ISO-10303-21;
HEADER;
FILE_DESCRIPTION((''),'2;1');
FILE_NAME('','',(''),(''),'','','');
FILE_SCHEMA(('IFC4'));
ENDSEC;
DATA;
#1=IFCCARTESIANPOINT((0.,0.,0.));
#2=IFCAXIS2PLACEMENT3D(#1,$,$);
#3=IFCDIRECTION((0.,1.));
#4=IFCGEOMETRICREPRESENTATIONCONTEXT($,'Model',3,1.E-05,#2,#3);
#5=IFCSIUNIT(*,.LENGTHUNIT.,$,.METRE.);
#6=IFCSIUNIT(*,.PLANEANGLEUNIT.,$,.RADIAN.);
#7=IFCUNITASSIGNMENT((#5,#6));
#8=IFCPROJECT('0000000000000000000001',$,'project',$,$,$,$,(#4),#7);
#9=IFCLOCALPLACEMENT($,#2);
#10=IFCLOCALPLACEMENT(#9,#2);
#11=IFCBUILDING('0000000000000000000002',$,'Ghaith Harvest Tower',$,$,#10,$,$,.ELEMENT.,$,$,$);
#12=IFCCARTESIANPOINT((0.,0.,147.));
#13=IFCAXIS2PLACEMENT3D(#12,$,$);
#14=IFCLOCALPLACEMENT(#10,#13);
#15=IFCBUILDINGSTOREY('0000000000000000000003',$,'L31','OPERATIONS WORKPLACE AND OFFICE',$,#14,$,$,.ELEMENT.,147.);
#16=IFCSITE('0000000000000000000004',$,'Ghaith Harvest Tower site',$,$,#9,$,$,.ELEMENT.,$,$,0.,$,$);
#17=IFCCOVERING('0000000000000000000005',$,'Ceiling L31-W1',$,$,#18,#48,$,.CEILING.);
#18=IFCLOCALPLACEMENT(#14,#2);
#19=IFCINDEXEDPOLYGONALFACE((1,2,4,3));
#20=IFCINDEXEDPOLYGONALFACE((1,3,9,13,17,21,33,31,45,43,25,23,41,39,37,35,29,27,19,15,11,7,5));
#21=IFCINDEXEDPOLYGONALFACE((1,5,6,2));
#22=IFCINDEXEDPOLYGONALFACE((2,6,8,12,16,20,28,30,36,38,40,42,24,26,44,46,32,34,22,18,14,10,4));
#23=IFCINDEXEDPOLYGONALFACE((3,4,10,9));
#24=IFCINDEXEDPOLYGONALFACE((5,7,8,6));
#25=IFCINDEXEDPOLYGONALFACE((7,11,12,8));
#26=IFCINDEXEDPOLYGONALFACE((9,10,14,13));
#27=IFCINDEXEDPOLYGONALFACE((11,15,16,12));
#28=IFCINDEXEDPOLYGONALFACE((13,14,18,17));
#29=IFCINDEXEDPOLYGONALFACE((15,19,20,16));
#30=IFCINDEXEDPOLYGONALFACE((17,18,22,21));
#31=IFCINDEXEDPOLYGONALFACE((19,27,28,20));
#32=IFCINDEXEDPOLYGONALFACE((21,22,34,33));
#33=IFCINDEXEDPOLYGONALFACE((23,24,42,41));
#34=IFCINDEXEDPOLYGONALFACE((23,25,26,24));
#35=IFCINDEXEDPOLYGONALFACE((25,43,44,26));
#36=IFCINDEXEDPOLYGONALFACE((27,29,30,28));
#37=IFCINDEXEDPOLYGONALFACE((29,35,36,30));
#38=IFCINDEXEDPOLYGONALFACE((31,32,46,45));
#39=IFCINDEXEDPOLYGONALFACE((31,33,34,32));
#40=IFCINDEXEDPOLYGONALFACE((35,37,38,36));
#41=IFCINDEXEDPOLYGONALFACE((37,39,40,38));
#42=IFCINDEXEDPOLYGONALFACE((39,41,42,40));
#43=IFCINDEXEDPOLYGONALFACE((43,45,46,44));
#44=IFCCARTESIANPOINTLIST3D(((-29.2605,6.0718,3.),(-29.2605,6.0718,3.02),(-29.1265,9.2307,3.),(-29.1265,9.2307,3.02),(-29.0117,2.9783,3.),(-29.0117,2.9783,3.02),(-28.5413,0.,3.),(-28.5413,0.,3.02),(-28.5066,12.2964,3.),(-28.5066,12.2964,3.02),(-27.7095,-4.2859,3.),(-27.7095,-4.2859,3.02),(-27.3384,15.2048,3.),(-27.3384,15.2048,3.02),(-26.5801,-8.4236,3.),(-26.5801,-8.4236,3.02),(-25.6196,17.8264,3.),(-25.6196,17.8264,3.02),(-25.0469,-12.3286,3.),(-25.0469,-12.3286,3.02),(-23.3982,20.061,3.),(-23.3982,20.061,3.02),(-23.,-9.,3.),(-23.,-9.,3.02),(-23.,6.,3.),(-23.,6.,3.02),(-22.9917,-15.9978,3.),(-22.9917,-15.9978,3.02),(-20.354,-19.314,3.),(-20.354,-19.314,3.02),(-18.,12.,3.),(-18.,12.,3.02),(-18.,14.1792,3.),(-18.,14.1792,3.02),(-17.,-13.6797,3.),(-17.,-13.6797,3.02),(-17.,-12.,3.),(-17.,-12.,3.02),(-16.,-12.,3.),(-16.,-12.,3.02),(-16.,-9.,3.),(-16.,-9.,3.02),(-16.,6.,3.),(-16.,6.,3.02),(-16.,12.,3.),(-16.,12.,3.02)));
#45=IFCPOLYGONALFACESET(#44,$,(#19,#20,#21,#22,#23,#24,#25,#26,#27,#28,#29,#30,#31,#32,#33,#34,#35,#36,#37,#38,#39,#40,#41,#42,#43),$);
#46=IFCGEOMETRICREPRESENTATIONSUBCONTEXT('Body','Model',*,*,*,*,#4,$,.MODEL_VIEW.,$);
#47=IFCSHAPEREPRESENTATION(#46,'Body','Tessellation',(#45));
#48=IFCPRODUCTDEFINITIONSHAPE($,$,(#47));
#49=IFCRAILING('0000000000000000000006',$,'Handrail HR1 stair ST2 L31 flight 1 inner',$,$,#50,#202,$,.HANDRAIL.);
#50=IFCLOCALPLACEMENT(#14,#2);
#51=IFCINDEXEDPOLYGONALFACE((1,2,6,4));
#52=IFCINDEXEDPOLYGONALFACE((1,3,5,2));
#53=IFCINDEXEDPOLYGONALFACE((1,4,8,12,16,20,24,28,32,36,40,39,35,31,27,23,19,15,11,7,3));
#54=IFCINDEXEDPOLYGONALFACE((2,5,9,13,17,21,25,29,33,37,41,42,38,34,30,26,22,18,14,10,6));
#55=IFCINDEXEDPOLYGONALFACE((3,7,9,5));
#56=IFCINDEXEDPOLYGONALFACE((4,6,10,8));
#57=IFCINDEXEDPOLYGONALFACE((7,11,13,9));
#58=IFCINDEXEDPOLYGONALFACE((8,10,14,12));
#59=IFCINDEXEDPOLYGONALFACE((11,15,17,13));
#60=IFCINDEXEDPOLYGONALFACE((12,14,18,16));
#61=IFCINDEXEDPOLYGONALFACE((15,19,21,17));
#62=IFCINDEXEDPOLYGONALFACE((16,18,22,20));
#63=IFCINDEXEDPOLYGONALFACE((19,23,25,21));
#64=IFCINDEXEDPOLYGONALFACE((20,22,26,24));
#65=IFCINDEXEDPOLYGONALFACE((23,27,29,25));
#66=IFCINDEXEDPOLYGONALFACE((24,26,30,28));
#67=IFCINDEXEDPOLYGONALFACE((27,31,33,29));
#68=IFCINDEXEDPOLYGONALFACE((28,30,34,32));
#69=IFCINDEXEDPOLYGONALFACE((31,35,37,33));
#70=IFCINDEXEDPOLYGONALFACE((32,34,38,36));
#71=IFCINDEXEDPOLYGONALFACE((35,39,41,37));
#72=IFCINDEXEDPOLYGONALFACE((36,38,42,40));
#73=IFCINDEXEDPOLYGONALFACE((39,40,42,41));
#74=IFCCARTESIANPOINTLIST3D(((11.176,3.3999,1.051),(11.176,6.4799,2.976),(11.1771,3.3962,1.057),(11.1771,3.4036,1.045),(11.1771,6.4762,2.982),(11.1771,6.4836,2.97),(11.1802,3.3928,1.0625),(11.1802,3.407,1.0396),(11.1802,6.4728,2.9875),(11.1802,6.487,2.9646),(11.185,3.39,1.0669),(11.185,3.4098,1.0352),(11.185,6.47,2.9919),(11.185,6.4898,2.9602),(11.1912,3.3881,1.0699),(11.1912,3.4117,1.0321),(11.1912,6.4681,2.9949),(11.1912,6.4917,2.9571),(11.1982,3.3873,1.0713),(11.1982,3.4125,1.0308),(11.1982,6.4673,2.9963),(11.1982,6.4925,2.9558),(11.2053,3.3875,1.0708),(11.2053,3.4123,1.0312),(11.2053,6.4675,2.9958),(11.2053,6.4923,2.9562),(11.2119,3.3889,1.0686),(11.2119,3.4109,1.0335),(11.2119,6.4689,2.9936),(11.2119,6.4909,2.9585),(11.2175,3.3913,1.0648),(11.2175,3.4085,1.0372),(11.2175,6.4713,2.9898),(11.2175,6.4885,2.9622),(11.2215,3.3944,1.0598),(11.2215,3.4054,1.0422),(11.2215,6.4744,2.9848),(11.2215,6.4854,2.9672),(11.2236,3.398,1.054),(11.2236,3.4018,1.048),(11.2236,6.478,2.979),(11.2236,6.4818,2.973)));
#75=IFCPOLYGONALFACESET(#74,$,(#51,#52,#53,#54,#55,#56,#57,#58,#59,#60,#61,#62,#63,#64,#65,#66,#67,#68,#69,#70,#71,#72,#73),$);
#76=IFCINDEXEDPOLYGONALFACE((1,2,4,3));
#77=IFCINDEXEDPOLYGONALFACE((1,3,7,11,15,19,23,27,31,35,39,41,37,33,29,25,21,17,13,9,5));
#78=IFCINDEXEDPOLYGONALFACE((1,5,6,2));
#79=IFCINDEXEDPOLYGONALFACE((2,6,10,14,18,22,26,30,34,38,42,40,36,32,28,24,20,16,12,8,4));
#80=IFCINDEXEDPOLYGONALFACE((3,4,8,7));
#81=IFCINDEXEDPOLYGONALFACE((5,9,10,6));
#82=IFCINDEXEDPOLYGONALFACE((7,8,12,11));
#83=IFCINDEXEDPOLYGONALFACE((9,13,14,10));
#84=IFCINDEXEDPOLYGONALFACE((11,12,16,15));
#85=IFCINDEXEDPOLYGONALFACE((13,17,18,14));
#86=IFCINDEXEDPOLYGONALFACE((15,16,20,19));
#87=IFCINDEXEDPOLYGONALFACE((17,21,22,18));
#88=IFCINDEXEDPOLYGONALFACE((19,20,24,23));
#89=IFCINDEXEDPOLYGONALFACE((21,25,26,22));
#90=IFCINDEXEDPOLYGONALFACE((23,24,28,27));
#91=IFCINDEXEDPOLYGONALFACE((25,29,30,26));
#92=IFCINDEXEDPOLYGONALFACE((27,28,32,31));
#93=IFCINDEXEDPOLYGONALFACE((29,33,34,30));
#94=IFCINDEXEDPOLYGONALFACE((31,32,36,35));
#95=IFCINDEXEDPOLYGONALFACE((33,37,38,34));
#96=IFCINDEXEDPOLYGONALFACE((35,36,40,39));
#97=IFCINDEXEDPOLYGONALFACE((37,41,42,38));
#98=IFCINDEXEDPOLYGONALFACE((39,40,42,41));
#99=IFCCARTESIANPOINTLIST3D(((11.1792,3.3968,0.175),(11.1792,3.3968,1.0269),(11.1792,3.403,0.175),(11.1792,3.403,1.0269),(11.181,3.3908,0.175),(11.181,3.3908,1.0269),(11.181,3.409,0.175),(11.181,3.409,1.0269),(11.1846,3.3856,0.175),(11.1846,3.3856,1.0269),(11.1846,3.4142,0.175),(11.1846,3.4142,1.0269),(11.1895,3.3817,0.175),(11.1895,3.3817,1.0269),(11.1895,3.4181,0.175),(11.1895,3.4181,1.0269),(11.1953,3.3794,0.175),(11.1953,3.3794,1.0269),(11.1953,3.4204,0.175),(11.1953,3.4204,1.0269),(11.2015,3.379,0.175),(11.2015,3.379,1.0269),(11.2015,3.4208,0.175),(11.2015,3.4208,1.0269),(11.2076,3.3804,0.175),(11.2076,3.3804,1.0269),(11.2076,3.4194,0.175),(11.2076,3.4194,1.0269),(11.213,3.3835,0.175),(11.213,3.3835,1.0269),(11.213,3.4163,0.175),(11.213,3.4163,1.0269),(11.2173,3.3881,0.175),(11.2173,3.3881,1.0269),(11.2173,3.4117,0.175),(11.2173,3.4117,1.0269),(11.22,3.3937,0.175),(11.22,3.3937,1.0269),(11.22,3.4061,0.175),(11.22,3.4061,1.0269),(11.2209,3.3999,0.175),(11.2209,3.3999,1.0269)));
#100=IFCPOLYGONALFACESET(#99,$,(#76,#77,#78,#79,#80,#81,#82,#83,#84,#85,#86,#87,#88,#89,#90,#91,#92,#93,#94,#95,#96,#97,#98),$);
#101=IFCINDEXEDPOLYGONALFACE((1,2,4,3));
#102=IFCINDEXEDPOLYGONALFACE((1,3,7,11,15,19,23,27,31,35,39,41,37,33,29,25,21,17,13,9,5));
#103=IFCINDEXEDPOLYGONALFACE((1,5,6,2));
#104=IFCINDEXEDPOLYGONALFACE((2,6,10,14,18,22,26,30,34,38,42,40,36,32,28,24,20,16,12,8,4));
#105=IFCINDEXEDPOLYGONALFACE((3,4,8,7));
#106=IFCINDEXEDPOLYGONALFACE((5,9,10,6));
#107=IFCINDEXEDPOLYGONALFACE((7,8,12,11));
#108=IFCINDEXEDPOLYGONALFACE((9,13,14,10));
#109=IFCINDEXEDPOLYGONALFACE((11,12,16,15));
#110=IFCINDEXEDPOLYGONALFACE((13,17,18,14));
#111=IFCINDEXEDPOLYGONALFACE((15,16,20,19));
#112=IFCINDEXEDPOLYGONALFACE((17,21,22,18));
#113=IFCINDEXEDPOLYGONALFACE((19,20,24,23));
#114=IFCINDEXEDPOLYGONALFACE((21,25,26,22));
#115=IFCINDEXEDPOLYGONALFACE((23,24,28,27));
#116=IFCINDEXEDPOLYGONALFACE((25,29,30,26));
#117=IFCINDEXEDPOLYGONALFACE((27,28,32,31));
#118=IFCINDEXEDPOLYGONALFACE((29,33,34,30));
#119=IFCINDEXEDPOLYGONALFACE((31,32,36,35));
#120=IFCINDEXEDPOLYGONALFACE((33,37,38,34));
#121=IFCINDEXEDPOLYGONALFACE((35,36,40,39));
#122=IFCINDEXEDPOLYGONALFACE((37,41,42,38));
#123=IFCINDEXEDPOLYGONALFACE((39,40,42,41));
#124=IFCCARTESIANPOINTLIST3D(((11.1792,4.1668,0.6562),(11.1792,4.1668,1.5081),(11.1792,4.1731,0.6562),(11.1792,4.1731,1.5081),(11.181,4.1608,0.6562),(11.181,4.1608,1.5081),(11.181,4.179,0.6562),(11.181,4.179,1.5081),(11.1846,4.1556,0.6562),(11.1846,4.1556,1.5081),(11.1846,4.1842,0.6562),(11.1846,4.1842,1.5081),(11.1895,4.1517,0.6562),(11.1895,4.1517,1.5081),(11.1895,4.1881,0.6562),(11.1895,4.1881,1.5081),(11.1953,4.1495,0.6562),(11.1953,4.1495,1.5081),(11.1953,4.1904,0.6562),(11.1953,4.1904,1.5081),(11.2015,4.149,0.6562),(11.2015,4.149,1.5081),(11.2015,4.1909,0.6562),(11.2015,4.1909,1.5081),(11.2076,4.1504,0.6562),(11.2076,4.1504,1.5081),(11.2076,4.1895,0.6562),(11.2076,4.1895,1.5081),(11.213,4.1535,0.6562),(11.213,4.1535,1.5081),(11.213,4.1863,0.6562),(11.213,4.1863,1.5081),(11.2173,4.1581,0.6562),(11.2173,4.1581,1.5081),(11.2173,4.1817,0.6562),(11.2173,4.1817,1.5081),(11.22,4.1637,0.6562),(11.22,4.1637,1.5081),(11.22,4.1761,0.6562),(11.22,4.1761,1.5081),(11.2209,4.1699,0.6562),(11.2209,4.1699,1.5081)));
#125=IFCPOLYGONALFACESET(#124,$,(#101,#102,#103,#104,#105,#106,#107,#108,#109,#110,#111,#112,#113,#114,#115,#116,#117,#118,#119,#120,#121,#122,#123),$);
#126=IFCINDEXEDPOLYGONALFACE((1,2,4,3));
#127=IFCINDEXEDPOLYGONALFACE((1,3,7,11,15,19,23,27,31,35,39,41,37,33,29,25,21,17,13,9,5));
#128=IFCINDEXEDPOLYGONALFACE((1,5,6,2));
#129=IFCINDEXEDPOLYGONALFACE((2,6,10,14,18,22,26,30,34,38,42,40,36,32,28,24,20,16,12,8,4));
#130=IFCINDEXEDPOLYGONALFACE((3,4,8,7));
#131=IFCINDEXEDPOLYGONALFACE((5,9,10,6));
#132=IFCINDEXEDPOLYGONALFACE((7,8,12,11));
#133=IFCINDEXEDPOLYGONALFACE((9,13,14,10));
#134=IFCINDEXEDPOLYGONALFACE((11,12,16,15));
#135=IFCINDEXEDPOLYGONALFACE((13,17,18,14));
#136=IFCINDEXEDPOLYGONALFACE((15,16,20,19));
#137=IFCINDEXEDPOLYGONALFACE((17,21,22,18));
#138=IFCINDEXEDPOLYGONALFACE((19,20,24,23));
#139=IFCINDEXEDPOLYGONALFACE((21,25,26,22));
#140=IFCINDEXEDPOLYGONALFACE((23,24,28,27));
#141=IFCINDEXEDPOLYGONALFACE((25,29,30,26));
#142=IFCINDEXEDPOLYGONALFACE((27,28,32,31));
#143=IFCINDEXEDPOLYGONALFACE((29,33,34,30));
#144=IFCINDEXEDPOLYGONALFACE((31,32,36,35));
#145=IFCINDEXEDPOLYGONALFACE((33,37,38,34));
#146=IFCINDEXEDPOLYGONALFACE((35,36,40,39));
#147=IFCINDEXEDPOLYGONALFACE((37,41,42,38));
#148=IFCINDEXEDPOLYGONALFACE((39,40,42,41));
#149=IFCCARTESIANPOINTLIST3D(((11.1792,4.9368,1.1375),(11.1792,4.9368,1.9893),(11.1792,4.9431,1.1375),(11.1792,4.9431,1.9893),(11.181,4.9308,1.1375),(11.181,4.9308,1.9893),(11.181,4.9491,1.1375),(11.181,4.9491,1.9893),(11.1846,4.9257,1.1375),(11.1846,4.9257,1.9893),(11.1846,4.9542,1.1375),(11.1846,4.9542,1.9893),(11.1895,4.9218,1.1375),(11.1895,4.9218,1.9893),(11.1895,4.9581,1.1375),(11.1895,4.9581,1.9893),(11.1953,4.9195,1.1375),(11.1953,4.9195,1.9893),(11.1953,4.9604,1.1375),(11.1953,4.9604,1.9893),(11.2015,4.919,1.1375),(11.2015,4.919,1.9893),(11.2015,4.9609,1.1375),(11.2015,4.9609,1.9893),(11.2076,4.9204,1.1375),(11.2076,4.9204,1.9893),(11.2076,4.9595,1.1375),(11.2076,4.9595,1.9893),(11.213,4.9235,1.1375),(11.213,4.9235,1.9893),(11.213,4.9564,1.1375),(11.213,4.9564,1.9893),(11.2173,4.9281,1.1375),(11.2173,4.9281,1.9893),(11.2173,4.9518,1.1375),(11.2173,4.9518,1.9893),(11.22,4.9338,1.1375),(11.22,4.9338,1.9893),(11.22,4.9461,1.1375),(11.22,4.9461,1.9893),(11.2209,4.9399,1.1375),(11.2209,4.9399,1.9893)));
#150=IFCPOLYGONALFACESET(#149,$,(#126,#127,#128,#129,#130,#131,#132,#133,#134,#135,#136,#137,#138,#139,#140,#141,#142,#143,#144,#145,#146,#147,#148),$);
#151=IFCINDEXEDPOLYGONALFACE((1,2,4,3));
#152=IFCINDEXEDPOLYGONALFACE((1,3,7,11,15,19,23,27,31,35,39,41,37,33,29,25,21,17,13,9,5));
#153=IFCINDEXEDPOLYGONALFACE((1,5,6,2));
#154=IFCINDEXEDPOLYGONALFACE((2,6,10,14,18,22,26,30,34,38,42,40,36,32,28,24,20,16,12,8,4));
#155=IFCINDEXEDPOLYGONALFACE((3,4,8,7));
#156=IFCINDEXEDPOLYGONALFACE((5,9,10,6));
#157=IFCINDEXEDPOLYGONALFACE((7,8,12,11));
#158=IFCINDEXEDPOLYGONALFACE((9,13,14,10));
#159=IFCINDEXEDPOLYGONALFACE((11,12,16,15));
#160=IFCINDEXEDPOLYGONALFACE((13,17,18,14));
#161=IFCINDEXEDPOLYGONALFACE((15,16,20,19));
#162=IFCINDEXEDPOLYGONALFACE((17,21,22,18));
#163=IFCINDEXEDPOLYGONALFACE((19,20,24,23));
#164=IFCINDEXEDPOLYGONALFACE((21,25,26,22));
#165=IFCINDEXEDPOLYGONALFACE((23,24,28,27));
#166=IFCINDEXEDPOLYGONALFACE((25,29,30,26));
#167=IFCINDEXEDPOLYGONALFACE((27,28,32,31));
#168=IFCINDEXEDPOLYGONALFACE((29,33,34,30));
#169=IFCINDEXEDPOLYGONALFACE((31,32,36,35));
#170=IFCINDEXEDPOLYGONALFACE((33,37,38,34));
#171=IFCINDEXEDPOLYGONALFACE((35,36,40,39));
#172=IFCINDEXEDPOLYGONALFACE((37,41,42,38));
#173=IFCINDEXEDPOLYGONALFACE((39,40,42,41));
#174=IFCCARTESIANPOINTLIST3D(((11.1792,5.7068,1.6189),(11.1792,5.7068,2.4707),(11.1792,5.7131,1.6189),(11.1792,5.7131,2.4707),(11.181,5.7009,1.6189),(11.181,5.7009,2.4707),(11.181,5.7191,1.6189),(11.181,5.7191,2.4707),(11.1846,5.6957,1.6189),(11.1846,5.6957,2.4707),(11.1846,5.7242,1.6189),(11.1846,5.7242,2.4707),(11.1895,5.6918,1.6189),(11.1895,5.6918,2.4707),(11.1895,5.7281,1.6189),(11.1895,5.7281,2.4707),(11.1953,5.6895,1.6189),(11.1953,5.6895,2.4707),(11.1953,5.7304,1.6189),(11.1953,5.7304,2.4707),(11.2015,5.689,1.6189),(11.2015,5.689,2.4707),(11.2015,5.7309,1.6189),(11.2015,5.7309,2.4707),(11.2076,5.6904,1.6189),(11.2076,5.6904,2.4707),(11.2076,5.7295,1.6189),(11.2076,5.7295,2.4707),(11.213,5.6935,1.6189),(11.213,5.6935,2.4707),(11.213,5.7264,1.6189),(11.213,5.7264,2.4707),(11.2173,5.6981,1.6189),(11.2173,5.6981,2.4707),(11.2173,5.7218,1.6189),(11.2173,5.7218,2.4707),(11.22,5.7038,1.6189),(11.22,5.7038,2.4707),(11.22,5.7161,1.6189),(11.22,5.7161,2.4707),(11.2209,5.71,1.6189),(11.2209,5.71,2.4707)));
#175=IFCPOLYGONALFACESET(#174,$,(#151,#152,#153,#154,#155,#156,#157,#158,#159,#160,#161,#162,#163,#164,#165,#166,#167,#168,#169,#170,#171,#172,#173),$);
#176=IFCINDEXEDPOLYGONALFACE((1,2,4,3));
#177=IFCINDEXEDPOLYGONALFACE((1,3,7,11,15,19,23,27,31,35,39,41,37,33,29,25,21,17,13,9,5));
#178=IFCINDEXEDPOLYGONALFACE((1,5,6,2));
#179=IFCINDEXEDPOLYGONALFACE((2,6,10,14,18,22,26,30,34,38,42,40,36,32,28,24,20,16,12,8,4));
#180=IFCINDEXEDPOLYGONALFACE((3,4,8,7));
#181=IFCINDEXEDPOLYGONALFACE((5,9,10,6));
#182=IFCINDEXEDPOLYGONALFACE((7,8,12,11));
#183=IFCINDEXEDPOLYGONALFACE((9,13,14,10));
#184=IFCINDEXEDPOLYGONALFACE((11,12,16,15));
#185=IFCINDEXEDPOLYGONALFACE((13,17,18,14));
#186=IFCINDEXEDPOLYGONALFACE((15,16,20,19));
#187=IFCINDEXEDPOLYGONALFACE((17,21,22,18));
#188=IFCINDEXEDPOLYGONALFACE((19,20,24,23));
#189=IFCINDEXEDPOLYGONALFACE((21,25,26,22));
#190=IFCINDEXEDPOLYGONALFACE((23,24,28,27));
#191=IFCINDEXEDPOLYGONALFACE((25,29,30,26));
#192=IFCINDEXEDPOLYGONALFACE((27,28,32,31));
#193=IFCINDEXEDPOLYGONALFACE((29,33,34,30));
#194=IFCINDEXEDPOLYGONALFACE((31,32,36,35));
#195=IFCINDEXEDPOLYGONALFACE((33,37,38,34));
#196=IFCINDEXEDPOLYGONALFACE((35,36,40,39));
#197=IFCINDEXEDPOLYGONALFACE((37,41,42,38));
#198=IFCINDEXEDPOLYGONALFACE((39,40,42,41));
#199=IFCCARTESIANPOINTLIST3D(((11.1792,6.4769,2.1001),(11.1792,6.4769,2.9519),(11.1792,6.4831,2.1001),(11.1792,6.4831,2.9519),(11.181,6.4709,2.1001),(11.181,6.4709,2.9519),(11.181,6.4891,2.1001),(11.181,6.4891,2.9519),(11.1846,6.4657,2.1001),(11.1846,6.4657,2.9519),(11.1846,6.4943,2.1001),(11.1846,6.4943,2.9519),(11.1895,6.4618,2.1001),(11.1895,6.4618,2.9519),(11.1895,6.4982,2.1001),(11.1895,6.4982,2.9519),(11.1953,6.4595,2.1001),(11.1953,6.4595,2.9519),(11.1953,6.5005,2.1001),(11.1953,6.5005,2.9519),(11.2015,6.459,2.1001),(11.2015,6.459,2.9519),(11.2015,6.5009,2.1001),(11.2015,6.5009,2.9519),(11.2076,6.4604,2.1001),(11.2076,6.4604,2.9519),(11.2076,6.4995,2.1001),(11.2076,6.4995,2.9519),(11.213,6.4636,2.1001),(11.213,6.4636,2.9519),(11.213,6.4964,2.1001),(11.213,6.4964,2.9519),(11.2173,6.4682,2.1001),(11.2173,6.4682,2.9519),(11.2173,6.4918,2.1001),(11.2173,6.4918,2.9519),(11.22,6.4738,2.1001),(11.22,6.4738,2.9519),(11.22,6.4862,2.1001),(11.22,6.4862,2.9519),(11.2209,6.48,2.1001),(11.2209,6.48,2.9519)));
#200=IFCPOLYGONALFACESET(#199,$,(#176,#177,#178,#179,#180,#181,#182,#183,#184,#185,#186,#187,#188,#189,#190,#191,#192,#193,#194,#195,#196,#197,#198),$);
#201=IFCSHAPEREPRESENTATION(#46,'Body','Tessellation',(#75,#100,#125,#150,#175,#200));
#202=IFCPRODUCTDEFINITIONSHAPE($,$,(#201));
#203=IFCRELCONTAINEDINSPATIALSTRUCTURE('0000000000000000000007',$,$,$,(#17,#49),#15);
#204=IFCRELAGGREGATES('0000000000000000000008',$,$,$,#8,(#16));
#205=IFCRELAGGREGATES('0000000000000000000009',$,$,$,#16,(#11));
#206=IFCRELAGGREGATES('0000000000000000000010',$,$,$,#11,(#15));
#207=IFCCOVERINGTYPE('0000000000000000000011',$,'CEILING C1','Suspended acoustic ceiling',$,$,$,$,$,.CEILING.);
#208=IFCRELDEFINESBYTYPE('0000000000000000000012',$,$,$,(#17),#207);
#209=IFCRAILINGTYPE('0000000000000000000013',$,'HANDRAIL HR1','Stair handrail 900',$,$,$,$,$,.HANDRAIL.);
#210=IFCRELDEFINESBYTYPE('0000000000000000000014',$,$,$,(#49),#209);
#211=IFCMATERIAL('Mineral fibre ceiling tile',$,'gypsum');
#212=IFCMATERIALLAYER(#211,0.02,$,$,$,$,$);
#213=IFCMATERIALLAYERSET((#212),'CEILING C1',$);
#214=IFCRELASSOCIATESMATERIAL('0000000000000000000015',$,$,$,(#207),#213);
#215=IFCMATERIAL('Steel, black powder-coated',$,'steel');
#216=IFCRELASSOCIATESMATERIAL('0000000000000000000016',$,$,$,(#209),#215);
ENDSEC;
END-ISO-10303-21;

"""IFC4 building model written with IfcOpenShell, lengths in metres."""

from ifc_helpers import new_model, si_unit, direction, frame, origin, origin_2d, place, context, subcontext, project, spatial, polyline, circle, outline, extrude, material, layer, layer_set, type_object, element, save


model = new_model("IFC4")

# Units and contexts
model_context = context("Model", 3, precision=1e-05, world=origin(), true_north=direction((0.0, 1.0)))
body_context = subcontext(model_context, "Body", "Model", "MODEL_VIEW")
ifc_project = project(units=[si_unit("LENGTHUNIT", "METRE"), si_unit("PLANEANGLEUNIT", "RADIAN")], contexts=[model_context])

# Site, building, storey
site_placement = place(None, origin())
site = spatial("IfcSite", under=ifc_project, at=site_placement, Name="Ghaith Harvest Tower site", CompositionType="ELEMENT", RefElevation=0.0)
building_placement = place(site_placement, origin())
building = spatial("IfcBuilding", under=site, at=building_placement, Name="Ghaith Harvest Tower", CompositionType="ELEMENT")
storey_placement = place(building_placement, frame((0.0, 0.0, 147.0)))
storey = spatial("IfcBuildingStorey", under=building, at=storey_placement, Name="L31", Description="OPERATIONS WORKPLACE AND OFFICE", CompositionType="ELEMENT", Elevation=147.0)

# Covering
ifc_material_1 = material(Name="Mineral fibre ceiling tile", Category="gypsum")
ifc_layer_1 = layer(ifc_material_1, 0.02)
ifc_layer_set_1 = layer_set([ifc_layer_1], Name="CEILING C1")
covering_type = type_object("IfcCoveringType", Name="CEILING C1", Description="Suspended acoustic ceiling", PredefinedType="CEILING", material=ifc_layer_set_1)
covering_1_placement = place(storey_placement, frame((0.0, 0.0, 3.0)))
element("IfcCovering", 1, at=covering_1_placement, inside=storey, type_object=covering_type, Name="Ceiling L31-W1", PredefinedType="CEILING", context=body_context, shape_type="SweptSolid", body=[
    extrude(outline(polyline([(-25.0469, -12.3286), (-26.5801, -8.4236), (-27.7095, -4.2859), (-28.5413, 0.0), (-29.0117, 2.9783), (-29.2605, 6.0718), (-29.1265, 9.2307), (-28.5066, 12.2964), (-27.3384, 15.2048), (-25.6196, 17.8264), (-23.3982, 20.061), (-18.0, 14.1792), (-18.0, 12.0), (-16.0, 12.0), (-16.0, 6.0), (-23.0, 6.0), (-23.0, -9.0), (-16.0, -9.0), (-16.0, -12.0), (-17.0, -12.0), (-17.0, -13.6797), (-20.354, -19.314), (-22.9917, -15.9978), (-25.0469, -12.3286)])), origin(), (0.0, 0.0, 1.0), 0.02),
])

# Railing
ifc_material_2 = material(Name="Steel, black powder-coated", Category="steel")
railing_type = type_object("IfcRailingType", Name="HANDRAIL HR1", Description="Stair handrail 900", PredefinedType="HANDRAIL", material=ifc_material_2)
railing_1_placement = place(storey_placement, frame((11.2, 3.3999, 0.175)))
element("IfcRailing", 2, at=railing_1_placement, inside=storey, type_object=railing_type, Name="Handrail HR1 stair ST2 L31 flight 1 inner", PredefinedType="HANDRAIL", context=body_context, shape_type="SweptSolid", body=[
    extrude(circle(Radius=0.0239, at=origin_2d()), frame((0.0, 0.0, 0.876), z_axis=(0.0, 0.847998, 0.529999), x_axis=(-1.0, 0.0, 0.0)), (0.0, 0.0, 1.0), 3.6321),
    extrude(circle(Radius=0.021, at=origin_2d()), origin(), (0.0, 0.0, 1.0), 0.8518),
    extrude(circle(Radius=0.021, at=origin_2d()), frame((0.0, 0.77, 0.4812)), (0.0, 0.0, 1.0), 0.8518),
    extrude(circle(Radius=0.021, at=origin_2d()), frame((0.0, 1.54, 0.9624)), (0.0, 0.0, 1.0), 0.8518),
    extrude(circle(Radius=0.021, at=origin_2d()), frame((0.0, 2.3101, 1.4438)), (0.0, 0.0, 1.0), 0.8518),
    extrude(circle(Radius=0.021, at=origin_2d()), frame((0.0, 3.0801, 1.925)), (0.0, 0.0, 1.0), 0.8518),
])

save(model, "model.ifc")
